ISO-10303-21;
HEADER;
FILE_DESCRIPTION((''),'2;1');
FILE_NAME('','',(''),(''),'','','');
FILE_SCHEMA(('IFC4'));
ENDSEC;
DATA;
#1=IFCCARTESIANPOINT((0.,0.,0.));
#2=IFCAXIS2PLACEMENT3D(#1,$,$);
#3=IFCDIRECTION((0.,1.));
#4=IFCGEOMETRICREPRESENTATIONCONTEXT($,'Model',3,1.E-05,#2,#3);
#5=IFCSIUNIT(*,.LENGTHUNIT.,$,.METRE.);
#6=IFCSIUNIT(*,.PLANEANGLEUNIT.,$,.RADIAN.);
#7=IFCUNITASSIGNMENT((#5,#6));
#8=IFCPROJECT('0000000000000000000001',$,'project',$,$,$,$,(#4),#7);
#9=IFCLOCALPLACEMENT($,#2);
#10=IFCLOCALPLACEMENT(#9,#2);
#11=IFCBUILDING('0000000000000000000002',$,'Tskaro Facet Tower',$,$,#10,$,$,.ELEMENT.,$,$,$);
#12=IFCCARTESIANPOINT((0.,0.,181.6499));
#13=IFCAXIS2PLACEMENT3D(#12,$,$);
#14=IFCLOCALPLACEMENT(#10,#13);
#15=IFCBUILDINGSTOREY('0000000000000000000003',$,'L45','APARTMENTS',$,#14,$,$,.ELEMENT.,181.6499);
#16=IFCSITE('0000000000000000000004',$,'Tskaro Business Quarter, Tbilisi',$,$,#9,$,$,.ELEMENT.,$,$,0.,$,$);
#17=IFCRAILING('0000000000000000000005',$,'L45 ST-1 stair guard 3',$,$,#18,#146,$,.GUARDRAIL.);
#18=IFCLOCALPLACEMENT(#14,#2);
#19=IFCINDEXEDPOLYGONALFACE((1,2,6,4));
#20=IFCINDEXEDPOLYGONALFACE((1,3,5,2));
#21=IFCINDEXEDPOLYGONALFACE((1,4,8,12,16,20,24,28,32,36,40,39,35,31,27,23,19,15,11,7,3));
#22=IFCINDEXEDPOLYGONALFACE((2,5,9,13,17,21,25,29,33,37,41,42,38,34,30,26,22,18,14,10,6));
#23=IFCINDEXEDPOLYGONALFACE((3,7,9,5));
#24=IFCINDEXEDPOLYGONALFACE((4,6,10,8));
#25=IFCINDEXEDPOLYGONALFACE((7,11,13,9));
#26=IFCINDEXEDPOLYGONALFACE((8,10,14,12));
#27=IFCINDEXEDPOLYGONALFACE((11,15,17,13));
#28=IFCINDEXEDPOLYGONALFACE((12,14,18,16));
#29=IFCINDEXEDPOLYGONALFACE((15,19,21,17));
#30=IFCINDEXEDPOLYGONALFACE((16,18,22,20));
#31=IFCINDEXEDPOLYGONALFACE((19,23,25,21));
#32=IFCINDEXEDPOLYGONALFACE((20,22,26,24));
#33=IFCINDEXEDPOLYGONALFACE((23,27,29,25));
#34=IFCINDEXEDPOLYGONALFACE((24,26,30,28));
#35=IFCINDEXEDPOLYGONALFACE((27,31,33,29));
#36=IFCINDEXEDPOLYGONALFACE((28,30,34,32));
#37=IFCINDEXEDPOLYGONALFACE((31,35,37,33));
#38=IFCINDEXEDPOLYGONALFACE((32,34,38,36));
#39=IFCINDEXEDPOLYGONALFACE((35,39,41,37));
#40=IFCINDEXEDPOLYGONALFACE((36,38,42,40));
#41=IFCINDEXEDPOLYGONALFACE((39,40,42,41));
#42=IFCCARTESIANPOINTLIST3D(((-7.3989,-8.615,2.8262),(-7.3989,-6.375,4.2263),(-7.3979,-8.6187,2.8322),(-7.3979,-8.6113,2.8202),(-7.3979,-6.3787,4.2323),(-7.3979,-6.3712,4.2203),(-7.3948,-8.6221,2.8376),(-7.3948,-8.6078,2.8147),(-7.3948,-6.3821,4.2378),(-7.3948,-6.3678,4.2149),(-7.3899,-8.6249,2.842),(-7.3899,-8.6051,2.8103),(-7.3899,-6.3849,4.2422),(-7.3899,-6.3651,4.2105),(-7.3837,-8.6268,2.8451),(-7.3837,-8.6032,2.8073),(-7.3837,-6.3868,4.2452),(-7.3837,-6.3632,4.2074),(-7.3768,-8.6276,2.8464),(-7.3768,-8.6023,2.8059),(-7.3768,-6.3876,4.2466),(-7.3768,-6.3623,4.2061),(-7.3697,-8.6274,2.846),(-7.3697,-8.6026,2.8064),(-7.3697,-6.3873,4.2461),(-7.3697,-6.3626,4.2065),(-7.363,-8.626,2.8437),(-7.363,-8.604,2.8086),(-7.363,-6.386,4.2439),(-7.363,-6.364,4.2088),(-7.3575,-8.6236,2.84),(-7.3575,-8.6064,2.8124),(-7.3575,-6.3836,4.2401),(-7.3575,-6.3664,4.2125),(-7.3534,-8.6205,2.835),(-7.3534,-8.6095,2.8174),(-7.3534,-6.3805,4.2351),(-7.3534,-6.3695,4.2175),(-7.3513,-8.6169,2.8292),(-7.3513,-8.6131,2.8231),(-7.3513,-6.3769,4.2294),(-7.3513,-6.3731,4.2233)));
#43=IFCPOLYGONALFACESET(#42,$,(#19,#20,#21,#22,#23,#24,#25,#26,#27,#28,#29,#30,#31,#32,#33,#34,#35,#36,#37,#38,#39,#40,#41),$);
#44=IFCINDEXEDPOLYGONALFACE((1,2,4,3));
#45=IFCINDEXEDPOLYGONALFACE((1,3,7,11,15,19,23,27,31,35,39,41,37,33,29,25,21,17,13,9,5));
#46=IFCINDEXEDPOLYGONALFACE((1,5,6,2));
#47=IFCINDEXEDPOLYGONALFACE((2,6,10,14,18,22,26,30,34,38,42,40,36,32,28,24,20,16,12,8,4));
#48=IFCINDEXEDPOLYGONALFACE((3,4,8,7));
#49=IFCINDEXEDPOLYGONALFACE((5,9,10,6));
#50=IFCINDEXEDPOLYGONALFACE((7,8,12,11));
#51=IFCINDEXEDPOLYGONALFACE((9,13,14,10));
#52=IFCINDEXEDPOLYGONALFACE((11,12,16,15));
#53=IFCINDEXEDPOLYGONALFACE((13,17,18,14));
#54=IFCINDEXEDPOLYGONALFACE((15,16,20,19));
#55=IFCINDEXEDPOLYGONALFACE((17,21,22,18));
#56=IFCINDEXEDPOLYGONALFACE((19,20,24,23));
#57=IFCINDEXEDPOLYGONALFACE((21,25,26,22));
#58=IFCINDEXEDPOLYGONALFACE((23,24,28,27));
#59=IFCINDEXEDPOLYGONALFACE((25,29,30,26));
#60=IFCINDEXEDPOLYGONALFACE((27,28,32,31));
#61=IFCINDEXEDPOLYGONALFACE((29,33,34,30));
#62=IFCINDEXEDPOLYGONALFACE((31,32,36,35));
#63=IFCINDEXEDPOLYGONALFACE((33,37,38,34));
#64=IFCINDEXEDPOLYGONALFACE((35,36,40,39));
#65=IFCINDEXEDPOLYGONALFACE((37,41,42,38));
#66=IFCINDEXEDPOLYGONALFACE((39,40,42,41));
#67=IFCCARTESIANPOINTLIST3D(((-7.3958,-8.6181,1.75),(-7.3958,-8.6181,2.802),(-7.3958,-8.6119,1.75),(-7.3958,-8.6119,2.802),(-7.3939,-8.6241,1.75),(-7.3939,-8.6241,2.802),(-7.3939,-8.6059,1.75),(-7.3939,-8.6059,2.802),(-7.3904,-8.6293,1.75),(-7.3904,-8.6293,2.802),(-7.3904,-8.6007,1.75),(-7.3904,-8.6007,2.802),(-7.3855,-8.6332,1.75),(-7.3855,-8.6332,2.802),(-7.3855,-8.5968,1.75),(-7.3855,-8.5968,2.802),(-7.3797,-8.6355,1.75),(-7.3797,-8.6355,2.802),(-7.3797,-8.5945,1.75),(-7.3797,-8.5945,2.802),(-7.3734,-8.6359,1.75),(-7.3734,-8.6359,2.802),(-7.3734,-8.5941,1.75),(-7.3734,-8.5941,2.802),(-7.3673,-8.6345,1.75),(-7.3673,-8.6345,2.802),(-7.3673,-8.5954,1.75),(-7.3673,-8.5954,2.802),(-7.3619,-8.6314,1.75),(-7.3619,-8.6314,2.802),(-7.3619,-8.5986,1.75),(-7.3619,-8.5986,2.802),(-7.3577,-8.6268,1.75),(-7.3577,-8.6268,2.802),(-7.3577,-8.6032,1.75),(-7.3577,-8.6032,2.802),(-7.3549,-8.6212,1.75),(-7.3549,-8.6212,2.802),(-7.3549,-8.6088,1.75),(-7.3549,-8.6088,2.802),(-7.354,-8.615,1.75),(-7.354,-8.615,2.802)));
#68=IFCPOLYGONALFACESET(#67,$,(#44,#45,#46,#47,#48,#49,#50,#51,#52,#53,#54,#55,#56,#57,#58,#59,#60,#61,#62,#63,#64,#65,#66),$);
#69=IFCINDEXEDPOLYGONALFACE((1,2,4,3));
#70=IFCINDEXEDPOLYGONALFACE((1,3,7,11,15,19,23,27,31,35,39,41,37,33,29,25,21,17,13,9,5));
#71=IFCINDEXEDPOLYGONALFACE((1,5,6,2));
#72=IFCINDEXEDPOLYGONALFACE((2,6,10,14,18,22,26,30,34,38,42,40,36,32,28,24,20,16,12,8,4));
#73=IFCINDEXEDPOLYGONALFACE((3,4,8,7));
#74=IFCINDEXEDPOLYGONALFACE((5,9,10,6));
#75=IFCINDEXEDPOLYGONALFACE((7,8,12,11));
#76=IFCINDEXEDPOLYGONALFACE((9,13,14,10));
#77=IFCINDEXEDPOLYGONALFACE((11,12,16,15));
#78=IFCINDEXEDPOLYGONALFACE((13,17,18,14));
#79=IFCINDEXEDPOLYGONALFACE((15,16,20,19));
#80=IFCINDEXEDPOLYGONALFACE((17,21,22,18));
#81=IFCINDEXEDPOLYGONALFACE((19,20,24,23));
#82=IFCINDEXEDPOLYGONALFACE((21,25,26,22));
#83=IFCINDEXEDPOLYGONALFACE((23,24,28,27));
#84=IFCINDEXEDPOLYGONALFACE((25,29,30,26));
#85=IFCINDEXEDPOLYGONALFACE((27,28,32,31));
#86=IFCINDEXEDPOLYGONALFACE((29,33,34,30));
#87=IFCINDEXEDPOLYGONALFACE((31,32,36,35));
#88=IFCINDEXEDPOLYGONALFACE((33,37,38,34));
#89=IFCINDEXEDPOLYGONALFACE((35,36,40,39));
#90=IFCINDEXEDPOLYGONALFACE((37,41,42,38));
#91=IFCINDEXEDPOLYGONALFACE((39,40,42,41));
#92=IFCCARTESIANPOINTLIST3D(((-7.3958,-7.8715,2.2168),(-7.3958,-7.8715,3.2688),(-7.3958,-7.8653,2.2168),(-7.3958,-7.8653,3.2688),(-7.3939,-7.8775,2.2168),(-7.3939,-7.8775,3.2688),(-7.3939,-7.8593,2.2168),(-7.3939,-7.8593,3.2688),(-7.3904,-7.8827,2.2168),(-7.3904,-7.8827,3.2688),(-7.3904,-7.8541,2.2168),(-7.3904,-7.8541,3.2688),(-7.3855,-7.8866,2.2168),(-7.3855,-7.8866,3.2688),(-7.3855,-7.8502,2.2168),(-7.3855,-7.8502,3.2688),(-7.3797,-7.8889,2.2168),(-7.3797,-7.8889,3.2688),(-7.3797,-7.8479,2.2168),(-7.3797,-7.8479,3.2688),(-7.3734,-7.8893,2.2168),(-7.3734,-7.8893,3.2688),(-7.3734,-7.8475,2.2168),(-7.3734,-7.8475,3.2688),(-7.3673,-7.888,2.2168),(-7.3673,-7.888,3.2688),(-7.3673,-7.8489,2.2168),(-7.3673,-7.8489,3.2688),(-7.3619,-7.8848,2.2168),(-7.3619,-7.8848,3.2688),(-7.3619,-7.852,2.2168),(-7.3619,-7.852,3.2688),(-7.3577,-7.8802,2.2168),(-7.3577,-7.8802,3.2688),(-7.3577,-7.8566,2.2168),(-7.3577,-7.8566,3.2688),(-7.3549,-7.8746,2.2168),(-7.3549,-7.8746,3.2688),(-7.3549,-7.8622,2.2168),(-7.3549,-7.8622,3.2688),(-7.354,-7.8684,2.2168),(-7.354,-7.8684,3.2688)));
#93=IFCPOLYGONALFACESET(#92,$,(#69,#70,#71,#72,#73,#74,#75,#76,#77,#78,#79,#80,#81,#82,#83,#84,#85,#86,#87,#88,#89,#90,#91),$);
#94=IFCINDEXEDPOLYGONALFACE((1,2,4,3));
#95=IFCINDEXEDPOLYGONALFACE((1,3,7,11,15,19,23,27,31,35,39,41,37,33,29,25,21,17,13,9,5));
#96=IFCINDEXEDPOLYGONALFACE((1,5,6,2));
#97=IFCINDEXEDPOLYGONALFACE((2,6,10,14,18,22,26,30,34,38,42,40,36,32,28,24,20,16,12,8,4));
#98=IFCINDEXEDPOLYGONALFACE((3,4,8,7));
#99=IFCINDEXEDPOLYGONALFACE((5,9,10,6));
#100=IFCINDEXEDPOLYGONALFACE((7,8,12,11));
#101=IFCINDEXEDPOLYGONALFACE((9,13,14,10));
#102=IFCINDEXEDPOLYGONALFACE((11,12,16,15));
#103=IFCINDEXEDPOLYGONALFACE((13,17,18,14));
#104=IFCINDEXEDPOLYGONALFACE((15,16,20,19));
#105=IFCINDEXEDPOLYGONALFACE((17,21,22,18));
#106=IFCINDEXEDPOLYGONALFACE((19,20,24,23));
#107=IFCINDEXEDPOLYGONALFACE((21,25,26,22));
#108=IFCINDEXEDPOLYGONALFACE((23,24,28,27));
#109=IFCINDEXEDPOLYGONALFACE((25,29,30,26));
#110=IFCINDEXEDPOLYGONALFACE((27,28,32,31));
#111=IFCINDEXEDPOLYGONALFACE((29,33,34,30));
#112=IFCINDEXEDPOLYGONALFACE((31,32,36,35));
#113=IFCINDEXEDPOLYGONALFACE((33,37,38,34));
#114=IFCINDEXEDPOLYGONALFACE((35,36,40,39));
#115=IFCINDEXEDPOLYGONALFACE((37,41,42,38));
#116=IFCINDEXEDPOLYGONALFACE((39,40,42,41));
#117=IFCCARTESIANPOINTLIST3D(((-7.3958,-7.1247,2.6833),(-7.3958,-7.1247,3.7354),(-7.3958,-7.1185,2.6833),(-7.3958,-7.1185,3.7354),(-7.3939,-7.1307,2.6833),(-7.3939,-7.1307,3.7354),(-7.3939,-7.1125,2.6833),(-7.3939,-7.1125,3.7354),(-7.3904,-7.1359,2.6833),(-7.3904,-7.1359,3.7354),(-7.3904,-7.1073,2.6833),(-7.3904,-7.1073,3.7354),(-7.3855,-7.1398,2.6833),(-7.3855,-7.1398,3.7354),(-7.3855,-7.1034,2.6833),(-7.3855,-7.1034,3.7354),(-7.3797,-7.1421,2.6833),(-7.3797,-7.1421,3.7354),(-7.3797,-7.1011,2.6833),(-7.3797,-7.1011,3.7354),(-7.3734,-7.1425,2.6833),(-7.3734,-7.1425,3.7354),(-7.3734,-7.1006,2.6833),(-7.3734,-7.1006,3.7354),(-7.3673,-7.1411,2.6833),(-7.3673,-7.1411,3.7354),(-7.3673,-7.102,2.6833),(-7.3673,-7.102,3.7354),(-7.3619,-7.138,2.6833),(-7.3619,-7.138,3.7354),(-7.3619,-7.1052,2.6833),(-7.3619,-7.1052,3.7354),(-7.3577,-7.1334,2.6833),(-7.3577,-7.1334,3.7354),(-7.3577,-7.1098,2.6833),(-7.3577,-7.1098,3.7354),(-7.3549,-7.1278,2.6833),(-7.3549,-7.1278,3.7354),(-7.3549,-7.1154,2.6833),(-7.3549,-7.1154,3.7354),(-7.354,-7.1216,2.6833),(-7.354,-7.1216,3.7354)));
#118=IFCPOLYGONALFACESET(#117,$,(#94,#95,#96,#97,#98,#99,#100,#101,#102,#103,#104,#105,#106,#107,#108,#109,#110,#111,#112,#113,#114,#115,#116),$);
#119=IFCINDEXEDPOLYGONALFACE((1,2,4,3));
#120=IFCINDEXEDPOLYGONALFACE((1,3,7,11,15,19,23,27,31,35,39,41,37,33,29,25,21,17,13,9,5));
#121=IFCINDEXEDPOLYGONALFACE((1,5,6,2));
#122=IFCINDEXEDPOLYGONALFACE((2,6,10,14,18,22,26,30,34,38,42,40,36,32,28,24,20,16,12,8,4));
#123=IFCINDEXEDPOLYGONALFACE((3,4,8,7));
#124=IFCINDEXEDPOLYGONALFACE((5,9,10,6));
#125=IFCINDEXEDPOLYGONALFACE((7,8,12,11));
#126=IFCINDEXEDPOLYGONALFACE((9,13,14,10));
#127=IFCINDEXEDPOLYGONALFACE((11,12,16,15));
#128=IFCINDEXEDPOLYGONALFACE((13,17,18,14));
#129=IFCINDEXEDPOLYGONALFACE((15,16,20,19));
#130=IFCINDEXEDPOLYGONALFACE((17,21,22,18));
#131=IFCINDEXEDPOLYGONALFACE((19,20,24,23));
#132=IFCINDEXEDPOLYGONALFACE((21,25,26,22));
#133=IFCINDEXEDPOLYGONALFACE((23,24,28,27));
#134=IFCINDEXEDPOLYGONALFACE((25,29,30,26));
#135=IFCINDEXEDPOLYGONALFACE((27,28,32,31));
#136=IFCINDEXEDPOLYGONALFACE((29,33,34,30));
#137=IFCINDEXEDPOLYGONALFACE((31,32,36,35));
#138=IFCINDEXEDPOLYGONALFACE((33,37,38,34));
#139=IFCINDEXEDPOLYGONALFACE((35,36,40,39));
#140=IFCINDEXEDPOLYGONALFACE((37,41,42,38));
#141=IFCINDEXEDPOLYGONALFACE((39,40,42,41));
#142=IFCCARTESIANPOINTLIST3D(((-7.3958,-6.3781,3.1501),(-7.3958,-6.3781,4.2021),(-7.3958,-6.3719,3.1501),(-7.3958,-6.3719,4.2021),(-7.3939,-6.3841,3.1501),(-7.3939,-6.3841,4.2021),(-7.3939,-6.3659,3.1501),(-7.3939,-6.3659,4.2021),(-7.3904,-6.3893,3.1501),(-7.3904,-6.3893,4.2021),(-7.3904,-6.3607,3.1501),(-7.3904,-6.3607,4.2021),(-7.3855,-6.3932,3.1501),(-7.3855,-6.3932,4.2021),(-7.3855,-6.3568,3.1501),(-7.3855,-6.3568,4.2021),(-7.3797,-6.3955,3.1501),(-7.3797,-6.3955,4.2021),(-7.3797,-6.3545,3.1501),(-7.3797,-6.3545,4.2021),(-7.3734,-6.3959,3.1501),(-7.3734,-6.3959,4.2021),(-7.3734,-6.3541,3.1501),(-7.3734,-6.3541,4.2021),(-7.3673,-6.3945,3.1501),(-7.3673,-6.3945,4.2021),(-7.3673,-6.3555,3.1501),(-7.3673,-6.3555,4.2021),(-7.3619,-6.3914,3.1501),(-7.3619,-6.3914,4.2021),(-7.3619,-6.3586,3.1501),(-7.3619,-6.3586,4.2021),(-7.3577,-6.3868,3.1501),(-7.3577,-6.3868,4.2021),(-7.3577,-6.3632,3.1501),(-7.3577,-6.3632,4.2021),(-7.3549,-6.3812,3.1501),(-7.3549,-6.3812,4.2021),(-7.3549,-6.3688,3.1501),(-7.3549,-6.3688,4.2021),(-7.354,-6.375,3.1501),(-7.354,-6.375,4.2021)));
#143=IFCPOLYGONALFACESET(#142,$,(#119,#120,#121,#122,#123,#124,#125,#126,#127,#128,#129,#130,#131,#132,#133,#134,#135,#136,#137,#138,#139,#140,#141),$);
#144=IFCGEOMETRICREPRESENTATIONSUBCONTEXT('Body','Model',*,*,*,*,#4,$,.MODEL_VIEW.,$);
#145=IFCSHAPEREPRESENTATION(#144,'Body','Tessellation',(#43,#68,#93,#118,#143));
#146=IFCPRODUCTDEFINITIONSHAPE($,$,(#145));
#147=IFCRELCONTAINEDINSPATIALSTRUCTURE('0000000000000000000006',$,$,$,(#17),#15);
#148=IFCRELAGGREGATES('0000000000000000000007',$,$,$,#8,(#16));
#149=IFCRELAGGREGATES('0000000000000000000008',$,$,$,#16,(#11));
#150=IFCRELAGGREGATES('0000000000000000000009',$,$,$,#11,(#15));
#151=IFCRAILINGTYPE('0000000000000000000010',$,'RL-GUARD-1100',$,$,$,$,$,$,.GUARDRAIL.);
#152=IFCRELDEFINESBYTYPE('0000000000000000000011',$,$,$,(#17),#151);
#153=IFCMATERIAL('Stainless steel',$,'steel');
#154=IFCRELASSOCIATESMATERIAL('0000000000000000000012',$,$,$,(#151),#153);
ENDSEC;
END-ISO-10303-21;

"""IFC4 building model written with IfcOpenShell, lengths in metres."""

from ifc_helpers import new_model, si_unit, direction, frame, origin, origin_2d, place, context, subcontext, project, spatial, circle, extrude, material, type_object, element, save


model = new_model("IFC4")

# Units and contexts
model_context = context("Model", 3, precision=1e-05, world=origin(), true_north=direction((0.0, 1.0)))
body_context = subcontext(model_context, "Body", "Model", "MODEL_VIEW")
ifc_project = project(units=[si_unit("LENGTHUNIT", "METRE"), si_unit("PLANEANGLEUNIT", "RADIAN")], contexts=[model_context])

# Site, building, storey
site_placement = place(None, origin())
site = spatial("IfcSite", under=ifc_project, at=site_placement, Name="Tskaro Business Quarter, Tbilisi", CompositionType="ELEMENT", RefElevation=0.0)
building_placement = place(site_placement, origin())
building = spatial("IfcBuilding", under=site, at=building_placement, Name="Tskaro Facet Tower", CompositionType="ELEMENT")
storey_placement = place(building_placement, frame((0.0, 0.0, 181.6499)))
storey = spatial("IfcBuildingStorey", under=building, at=storey_placement, Name="L45", Description="APARTMENTS", CompositionType="ELEMENT", Elevation=181.6499)

# Shared definitions
ifc_material_1 = material(Name="Stainless steel", Category="steel")

# Railing
railing_type_1 = type_object("IfcRailingType", Name="RL-GUARD-1100", PredefinedType="GUARDRAIL", material=ifc_material_1)
railing_1_placement = place(storey_placement, frame((-7.375, -8.615, 1.75)))
element("IfcRailing", 1, at=railing_1_placement, inside=storey, type_object=railing_type_1, Name="L45 ST-1 stair guard 3", PredefinedType="GUARDRAIL", context=body_context, shape_type="SweptSolid", body=[
    extrude(circle(Radius=0.0239, at=origin_2d()), frame((0.0, 0.0, 1.0762), z_axis=(0.0, 0.847972, 0.53004), x_axis=(-1.0, 0.0, 0.0)), (0.0, 0.0, 1.0), 2.6416),
    extrude(circle(Radius=0.021, at=origin_2d()), origin(), (0.0, 0.0, 1.0), 1.052),
    extrude(circle(Radius=0.021, at=origin_2d()), frame((0.0, 0.7466, 0.4668)), (0.0, 0.0, 1.0), 1.052),
    extrude(circle(Radius=0.021, at=origin_2d()), frame((0.0, 1.4934, 0.9333)), (0.0, 0.0, 1.0), 1.052),
    extrude(circle(Radius=0.021, at=origin_2d()), frame((0.0, 2.24, 1.4001)), (0.0, 0.0, 1.0), 1.052),
])

save(model, "model.ifc")
